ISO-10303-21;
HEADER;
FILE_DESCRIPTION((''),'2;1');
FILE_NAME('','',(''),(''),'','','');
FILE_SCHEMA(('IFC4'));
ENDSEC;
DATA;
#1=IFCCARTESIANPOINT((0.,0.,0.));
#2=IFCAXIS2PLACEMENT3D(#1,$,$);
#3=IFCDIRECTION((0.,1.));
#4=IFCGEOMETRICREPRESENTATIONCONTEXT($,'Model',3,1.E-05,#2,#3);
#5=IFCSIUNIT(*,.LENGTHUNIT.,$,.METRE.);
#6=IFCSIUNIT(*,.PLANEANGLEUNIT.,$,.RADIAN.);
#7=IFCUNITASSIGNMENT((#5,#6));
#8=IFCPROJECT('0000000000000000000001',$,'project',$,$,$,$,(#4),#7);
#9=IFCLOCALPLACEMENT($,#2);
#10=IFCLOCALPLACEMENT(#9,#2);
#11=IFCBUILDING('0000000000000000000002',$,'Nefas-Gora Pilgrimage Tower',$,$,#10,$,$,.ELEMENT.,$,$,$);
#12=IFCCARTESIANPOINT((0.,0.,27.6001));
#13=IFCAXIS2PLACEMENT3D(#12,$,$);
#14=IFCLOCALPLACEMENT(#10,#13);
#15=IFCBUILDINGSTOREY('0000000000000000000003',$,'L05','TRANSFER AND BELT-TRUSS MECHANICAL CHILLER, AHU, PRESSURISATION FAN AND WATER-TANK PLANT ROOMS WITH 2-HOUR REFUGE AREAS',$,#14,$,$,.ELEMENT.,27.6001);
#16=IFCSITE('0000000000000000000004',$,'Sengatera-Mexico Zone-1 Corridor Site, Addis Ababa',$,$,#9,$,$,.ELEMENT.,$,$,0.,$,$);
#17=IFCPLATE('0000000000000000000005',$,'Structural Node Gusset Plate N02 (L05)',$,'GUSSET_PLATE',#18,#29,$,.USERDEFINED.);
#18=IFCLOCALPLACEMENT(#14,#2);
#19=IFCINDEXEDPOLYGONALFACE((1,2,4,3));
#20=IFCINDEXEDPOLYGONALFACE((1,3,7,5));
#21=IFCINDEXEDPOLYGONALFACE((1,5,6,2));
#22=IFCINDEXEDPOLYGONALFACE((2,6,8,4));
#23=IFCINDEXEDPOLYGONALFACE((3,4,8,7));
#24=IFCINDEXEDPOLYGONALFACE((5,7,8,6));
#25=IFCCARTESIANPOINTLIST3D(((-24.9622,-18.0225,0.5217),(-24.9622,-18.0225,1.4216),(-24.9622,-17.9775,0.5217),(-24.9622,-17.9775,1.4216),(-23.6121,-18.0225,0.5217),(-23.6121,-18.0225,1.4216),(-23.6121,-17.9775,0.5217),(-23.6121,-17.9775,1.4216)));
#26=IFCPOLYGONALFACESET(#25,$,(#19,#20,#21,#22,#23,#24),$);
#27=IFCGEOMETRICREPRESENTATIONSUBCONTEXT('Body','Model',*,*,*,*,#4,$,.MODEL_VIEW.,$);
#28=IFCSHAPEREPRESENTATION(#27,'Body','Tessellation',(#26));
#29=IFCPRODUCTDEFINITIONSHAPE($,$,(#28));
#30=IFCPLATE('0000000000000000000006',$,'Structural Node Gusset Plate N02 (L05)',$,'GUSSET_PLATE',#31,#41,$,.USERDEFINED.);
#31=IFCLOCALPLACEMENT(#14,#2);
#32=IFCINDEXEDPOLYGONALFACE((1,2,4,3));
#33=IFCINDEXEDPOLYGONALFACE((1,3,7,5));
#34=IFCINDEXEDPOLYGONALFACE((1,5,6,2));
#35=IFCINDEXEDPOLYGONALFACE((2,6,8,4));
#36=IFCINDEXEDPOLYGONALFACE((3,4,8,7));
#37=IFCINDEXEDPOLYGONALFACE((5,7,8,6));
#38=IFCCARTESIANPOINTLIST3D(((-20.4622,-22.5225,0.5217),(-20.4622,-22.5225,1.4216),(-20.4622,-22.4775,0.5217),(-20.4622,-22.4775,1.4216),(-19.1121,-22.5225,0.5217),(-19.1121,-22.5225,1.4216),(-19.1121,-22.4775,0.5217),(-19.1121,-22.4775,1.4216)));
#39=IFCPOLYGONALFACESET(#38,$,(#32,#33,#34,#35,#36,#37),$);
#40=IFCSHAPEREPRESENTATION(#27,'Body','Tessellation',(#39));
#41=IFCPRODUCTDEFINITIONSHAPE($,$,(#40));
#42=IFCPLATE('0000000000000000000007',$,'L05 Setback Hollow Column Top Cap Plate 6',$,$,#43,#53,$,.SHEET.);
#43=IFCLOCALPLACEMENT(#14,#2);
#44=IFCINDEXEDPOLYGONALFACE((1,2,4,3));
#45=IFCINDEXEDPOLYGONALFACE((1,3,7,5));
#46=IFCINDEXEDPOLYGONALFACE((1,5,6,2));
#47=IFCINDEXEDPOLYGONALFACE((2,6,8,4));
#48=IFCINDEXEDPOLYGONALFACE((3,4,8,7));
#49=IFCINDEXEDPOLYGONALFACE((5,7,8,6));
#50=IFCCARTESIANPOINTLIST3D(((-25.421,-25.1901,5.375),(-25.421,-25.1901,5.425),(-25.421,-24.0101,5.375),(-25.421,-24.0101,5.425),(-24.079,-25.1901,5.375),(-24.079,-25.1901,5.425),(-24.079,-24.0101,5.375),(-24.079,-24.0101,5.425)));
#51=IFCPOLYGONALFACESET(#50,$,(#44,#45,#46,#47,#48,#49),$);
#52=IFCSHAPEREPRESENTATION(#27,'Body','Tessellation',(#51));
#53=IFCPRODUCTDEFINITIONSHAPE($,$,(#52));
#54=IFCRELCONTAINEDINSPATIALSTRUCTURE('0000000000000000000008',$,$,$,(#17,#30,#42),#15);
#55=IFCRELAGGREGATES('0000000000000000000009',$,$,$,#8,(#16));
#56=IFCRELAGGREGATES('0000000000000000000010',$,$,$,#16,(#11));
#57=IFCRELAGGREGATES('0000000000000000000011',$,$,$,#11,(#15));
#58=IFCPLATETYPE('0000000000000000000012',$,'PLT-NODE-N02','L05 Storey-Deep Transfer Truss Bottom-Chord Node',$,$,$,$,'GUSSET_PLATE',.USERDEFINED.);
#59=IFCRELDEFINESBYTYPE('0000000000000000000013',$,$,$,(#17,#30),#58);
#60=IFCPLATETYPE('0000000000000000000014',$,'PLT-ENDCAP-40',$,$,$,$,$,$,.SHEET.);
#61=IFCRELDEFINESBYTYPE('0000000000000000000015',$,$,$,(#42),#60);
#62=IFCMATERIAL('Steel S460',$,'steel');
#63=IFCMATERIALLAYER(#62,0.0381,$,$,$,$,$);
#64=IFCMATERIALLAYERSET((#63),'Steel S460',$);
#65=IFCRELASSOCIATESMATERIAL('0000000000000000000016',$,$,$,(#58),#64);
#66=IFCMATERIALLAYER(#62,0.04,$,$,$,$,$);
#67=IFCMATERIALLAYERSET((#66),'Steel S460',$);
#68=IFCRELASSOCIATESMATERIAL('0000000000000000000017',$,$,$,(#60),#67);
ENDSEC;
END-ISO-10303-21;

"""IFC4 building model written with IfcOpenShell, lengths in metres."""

from ifc_helpers import new_model, si_unit, direction, frame, origin, origin_2d, place, context, subcontext, project, spatial, rectangle, extrude, source, transform, mapped, material, layer, layer_set, type_object, element, save


model = new_model("IFC4")

# Units and contexts
model_context = context("Model", 3, precision=1e-05, world=origin(), true_north=direction((0.0, 1.0)))
body_context = subcontext(model_context, "Body", "Model", "MODEL_VIEW")
ifc_project = project(units=[si_unit("LENGTHUNIT", "METRE"), si_unit("PLANEANGLEUNIT", "RADIAN")], contexts=[model_context])

# Site, building, storey
site_placement = place(None, origin())
site = spatial("IfcSite", under=ifc_project, at=site_placement, Name="Sengatera-Mexico Zone-1 Corridor Site, Addis Ababa", CompositionType="ELEMENT", RefElevation=0.0)
building_placement = place(site_placement, origin())
building = spatial("IfcBuilding", under=site, at=building_placement, Name="Nefas-Gora Pilgrimage Tower", CompositionType="ELEMENT")
storey_placement = place(building_placement, frame((0.0, 0.0, 27.6001)))
storey = spatial("IfcBuildingStorey", under=building, at=storey_placement, Name="L05", Description="TRANSFER AND BELT-TRUSS MECHANICAL CHILLER, AHU, PRESSURISATION FAN AND WATER-TANK PLANT ROOMS WITH 2-HOUR REFUGE AREAS", CompositionType="ELEMENT", Elevation=27.6001)

# Shared definitions
ifc_material = material(Name="Steel S460", Category="steel")

# Plates
ifc_layer_1 = layer(ifc_material, 0.0381)
ifc_layer_set_1 = layer_set([ifc_layer_1], Name="Steel S460")
plate_type_1 = type_object("IfcPlateType", Name="PLT-NODE-N02", Description="L05 Storey-Deep Transfer Truss Bottom-Chord Node", ElementType="GUSSET_PLATE", PredefinedType="USERDEFINED", material=ifc_layer_set_1)
shared_shape_1 = source(origin(), body_context, "Body", "SweptSolid", [
    extrude(rectangle(XDim=1.3501, YDim=0.0449, at=origin_2d()), origin(), (0.0, 0.0, 1.0), 0.8999),
])
for number, where, z_axis, x_axis, name in (
    (1, (-24.2871, -18.0, 0.5217), (0.0, 0.0, 1.0), (1.0, 0.0, 0.0), "Structural Node Gusset Plate N02 (L05)"),
    (2, (-19.7871, -22.5, 0.5217), (0.0, 0.0, 1.0), (1.0, 0.0, 0.0), "Structural Node Gusset Plate N02 (L05)"),
):
    element("IfcPlate", number, at=place(storey_placement, frame(where, z_axis=z_axis, x_axis=x_axis)), inside=storey, type_object=plate_type_1, Name=name, ObjectType="GUSSET_PLATE", PredefinedType="USERDEFINED", context=body_context, shape_type="MappedRepresentation", body=[
        mapped(shared_shape_1, transform((0.0, 0.0, 0.0), x_axis=(1.0, 0.0, 0.0), y_axis=(0.0, 1.0, 0.0), z_axis=(0.0, 0.0, 1.0), scale=1.0)),
    ])
ifc_layer_2 = layer(ifc_material, 0.04)
ifc_layer_set_2 = layer_set([ifc_layer_2], Name="Steel S460")
plate_type_2 = type_object("IfcPlateType", Name="PLT-ENDCAP-40", PredefinedType="SHEET", material=ifc_layer_set_2)
shared_shape_2 = source(origin(), body_context, "Body", "SweptSolid", [
    extrude(rectangle(XDim=1.342, YDim=1.1799, at=origin_2d()), origin(), (0.0, 0.0, 1.0), 0.05),
])
plate_1_placement = place(storey_placement, frame((-24.75, -24.6001, 5.375), z_axis=(0.0, 0.0, 1.0), x_axis=(1.0, 0.0, 0.0)))
element("IfcPlate", 3, at=plate_1_placement, inside=storey, type_object=plate_type_2, Name="L05 Setback Hollow Column Top Cap Plate 6", PredefinedType="SHEET", context=body_context, shape_type="MappedRepresentation", body=[
    mapped(shared_shape_2, transform((0.0, 0.0, 0.0), x_axis=(1.0, 0.0, 0.0), y_axis=(0.0, 1.0, 0.0), z_axis=(0.0, 0.0, 1.0), scale=1.0)),
])

save(model, "model.ifc")
